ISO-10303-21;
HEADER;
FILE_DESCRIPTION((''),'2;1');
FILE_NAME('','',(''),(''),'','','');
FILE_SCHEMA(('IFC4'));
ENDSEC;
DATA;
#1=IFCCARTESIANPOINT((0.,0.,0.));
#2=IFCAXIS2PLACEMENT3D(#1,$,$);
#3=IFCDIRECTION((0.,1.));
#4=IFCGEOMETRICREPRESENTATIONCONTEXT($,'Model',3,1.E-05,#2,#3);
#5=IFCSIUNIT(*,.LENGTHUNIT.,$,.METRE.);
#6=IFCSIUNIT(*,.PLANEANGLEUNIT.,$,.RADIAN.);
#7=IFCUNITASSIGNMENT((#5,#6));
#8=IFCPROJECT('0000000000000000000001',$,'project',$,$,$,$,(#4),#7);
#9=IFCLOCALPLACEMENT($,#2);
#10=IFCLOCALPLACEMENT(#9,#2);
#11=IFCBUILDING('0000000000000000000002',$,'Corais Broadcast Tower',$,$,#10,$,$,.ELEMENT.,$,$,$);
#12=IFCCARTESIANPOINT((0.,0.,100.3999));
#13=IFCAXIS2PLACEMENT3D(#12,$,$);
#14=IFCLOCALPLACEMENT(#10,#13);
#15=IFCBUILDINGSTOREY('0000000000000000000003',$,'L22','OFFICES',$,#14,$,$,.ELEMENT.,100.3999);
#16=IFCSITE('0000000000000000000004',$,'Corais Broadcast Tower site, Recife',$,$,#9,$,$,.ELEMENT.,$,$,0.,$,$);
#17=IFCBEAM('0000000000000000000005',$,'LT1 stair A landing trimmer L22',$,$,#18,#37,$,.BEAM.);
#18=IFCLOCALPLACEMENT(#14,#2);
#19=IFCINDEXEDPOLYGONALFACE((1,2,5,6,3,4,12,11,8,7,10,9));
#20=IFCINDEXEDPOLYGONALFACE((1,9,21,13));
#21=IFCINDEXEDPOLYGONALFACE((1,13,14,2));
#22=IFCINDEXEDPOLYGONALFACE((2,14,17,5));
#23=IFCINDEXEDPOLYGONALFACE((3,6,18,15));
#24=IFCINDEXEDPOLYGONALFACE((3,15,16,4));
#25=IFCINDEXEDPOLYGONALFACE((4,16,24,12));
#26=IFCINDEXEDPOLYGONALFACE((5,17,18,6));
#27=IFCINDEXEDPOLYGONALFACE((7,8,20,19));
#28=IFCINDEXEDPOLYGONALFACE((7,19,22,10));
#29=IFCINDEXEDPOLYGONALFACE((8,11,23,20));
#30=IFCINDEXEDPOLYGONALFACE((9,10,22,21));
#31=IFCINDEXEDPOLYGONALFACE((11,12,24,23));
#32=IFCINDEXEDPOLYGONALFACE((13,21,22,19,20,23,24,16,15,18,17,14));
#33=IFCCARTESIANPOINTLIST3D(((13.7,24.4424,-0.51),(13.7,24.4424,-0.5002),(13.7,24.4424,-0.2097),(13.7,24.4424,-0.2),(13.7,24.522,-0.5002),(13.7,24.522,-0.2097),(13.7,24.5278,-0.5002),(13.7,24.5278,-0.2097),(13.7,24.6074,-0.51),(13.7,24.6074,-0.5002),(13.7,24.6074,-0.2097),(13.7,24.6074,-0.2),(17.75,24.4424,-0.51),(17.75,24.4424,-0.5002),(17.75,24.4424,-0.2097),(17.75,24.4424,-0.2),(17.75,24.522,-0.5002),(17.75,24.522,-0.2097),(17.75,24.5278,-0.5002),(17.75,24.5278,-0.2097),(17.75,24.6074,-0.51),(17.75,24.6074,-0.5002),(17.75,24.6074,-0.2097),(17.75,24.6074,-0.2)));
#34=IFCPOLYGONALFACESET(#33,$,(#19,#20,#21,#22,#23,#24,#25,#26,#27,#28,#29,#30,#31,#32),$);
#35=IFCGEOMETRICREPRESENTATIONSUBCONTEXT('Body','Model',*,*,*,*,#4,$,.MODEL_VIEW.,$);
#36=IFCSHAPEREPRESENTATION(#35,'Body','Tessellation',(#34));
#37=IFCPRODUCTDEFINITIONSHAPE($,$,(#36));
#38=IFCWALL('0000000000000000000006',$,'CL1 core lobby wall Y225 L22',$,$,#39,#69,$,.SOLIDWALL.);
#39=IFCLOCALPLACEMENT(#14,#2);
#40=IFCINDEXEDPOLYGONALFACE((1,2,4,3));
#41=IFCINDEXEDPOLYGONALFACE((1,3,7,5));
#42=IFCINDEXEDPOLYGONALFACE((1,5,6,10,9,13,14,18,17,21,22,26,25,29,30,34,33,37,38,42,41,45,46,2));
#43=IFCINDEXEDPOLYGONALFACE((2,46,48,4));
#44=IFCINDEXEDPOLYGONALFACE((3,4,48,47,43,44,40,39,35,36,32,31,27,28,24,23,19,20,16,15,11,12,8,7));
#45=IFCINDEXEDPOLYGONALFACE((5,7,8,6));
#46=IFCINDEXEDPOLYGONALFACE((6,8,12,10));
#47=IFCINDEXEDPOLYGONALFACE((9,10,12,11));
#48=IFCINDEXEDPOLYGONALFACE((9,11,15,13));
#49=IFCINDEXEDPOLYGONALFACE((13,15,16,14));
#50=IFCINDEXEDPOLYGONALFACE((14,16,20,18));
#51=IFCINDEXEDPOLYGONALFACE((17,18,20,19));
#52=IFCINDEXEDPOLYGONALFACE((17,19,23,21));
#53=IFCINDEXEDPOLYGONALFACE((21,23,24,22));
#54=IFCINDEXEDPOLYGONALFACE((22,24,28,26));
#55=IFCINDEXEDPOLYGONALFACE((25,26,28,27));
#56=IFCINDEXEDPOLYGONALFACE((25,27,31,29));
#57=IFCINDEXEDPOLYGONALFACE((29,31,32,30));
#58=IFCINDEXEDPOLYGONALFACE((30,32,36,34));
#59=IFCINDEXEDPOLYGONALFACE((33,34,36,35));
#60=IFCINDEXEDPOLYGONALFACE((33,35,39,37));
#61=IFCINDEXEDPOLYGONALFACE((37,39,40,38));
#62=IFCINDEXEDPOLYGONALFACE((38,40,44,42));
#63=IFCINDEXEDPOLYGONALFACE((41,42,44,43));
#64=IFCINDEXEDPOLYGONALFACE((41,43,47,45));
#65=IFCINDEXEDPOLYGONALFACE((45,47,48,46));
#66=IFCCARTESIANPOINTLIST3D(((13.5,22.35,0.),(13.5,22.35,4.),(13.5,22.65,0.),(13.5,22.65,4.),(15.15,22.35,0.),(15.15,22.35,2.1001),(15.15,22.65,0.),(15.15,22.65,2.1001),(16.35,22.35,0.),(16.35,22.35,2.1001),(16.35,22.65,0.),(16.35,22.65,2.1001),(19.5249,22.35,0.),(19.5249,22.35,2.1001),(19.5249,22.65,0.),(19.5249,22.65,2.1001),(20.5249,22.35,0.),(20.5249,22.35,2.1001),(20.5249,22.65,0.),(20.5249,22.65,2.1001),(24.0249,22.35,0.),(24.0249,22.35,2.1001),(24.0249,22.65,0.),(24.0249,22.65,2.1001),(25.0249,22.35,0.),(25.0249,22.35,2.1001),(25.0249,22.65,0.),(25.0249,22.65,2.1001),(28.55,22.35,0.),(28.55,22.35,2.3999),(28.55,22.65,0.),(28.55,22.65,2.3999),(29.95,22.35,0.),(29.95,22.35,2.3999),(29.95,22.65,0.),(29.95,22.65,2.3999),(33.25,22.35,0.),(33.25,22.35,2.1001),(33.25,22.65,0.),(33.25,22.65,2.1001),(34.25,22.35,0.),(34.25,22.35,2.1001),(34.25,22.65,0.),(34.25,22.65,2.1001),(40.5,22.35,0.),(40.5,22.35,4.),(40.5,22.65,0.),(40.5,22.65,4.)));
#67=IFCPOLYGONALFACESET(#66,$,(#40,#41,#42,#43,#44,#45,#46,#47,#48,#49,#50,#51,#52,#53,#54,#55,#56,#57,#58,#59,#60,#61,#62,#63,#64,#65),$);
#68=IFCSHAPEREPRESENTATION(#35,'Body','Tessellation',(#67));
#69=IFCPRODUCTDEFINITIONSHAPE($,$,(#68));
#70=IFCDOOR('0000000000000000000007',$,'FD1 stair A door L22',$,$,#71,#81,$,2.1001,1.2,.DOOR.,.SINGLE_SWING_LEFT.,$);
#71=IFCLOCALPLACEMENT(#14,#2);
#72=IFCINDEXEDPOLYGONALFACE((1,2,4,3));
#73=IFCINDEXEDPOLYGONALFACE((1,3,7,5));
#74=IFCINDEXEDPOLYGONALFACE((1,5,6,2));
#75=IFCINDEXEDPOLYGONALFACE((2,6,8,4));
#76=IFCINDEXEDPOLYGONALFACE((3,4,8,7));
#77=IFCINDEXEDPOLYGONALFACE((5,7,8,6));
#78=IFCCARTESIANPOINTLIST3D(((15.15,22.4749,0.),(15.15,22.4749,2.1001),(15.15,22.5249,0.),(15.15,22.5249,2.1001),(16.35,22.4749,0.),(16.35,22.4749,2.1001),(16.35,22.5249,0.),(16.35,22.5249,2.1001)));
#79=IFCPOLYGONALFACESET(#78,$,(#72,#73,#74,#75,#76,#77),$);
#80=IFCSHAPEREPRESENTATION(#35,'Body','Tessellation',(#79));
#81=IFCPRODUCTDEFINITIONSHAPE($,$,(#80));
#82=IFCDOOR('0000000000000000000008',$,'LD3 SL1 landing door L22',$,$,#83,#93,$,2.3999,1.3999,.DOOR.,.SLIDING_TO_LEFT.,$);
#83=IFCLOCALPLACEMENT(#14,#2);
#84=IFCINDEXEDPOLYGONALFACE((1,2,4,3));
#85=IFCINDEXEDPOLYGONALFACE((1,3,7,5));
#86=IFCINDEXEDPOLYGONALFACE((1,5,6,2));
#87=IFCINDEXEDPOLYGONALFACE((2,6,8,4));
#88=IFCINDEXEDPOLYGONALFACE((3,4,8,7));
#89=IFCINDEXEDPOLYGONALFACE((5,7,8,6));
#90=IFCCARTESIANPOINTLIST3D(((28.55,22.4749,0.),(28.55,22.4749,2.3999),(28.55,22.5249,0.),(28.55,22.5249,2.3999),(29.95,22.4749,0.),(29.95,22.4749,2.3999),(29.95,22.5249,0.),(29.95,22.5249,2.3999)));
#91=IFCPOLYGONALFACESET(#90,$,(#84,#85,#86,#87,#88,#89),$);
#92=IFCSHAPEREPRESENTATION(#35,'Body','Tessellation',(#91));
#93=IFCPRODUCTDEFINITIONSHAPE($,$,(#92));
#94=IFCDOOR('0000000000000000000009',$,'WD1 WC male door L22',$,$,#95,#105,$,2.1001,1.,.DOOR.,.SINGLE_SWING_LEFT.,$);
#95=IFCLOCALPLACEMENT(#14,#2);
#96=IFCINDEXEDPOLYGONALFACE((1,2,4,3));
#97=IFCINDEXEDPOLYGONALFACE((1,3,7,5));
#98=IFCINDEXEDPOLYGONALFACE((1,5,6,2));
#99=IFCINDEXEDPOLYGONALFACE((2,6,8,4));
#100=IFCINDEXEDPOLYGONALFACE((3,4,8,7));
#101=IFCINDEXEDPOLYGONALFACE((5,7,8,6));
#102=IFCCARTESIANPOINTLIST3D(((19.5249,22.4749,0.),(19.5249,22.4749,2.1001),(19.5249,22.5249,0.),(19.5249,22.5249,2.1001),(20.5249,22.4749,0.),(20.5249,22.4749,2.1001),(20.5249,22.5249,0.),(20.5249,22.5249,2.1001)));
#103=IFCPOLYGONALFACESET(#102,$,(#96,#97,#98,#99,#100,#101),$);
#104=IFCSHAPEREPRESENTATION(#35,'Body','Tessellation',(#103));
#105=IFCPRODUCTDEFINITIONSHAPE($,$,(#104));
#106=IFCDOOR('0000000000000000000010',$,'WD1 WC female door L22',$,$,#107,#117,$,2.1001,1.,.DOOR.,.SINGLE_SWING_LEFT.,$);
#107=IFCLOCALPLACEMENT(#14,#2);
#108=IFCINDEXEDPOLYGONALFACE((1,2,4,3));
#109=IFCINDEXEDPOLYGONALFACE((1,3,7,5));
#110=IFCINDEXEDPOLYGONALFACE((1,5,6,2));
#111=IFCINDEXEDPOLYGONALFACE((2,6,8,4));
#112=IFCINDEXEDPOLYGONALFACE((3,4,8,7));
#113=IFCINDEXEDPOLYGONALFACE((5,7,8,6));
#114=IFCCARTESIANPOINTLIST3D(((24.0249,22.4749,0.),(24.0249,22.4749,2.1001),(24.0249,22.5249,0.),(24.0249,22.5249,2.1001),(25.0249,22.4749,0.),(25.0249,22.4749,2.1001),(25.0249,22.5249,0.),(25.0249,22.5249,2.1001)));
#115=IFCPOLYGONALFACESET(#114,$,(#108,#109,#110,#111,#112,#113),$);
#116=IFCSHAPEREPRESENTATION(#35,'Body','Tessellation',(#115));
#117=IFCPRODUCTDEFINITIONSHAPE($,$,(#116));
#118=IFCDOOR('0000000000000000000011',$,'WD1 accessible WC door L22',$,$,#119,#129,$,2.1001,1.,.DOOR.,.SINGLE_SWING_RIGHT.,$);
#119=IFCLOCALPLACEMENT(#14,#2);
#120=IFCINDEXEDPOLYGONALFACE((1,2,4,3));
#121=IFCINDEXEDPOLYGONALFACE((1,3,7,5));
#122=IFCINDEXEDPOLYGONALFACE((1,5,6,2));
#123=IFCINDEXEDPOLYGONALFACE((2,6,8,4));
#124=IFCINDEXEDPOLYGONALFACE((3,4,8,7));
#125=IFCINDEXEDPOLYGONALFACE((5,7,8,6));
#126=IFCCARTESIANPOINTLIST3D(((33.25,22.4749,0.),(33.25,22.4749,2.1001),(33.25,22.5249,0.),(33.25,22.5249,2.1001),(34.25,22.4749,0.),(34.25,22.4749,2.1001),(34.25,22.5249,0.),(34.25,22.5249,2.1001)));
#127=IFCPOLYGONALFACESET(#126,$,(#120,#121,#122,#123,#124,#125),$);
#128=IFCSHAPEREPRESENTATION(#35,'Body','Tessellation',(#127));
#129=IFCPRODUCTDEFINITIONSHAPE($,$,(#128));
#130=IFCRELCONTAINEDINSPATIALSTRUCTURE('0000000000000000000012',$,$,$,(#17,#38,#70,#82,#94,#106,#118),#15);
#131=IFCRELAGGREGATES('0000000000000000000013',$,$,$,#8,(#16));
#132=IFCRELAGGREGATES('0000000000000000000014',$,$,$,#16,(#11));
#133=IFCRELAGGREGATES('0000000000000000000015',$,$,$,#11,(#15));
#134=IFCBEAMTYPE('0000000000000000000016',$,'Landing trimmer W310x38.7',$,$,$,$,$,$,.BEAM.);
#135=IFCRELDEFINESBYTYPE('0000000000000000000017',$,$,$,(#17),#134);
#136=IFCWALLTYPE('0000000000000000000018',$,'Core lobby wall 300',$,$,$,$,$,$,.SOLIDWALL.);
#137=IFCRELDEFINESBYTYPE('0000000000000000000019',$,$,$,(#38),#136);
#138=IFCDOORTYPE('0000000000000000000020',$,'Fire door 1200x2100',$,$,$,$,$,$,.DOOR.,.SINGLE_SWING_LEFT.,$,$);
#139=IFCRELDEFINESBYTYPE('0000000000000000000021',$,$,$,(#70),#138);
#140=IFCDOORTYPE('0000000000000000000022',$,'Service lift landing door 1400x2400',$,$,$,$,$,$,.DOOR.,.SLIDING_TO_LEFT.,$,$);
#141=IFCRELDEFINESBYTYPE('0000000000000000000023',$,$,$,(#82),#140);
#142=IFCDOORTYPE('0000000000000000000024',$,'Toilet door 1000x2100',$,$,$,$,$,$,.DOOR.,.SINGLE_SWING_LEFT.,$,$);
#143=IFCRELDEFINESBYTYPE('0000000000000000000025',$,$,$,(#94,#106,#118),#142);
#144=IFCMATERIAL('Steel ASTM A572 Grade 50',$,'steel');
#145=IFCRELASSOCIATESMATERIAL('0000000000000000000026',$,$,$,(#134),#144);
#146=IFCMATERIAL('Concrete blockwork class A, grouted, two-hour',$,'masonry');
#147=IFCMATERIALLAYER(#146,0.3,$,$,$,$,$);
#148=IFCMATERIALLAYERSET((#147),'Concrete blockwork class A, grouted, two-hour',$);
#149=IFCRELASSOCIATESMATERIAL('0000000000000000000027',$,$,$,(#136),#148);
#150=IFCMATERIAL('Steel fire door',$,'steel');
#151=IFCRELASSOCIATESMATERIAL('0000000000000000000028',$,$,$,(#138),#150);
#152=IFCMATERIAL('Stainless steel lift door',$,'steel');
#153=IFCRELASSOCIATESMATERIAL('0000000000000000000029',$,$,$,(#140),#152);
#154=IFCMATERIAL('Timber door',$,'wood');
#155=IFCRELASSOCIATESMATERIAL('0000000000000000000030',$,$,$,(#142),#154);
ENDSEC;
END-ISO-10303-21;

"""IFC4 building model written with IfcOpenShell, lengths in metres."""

from ifc_helpers import new_model, si_unit, direction, frame, frame_2d, origin, origin_2d, place, context, subcontext, project, spatial, rectangle, i_section, extrude, material, layer, layer_set, material_profile, profile_set, type_object, element, fill, save


model = new_model("IFC4")

# Units and contexts
model_context = context("Model", 3, precision=1e-05, world=origin(), true_north=direction((0.0, 1.0)))
body_context = subcontext(model_context, "Body", "Model", "MODEL_VIEW")
ifc_project = project(units=[si_unit("LENGTHUNIT", "METRE"), si_unit("PLANEANGLEUNIT", "RADIAN")], contexts=[model_context])

# Site, building, storey
site_placement = place(None, origin())
site = spatial("IfcSite", under=ifc_project, at=site_placement, Name="Corais Broadcast Tower site, Recife", CompositionType="ELEMENT", RefElevation=0.0)
building_placement = place(site_placement, origin())
building = spatial("IfcBuilding", under=site, at=building_placement, Name="Corais Broadcast Tower", CompositionType="ELEMENT")
storey_placement = place(building_placement, frame((0.0, 0.0, 100.3999)))
storey = spatial("IfcBuildingStorey", under=building, at=storey_placement, Name="L22", Description="OFFICES", CompositionType="ELEMENT", Elevation=100.3999)

# Beam
ifc_material_1 = material(Name="Steel ASTM A572 Grade 50", Category="steel")
ifc_material_profile = material_profile(ifc_material_1, i_section(OverallWidth=0.165, OverallDepth=0.3101, WebThickness=0.0059, FlangeThickness=0.0098, at=origin_2d()), Name="W310x38.7")
ifc_profile_set = profile_set([ifc_material_profile], Name="Steel ASTM A572 Grade 50")
beam_type = type_object("IfcBeamType", Name="Landing trimmer W310x38.7", PredefinedType="BEAM", material=ifc_profile_set)
beam_placement = place(storey_placement, frame((13.7, 24.5249, -0.355), z_axis=(1.0, 0.0, 0.0), x_axis=(0.0, 1.0, 0.0)))
element("IfcBeam", 1, at=beam_placement, inside=storey, type_object=beam_type, Name="LT1 stair A landing trimmer L22", PredefinedType="BEAM", context=body_context, shape_type="SweptSolid", body=[
    extrude(i_section(OverallWidth=0.165, OverallDepth=0.3101, WebThickness=0.0059, FlangeThickness=0.0098, at=origin_2d()), origin(), (0.0, 0.0, 1.0), 4.05),
])

# Wall, openings, doors
ifc_material_2 = material(Name="Concrete blockwork class A, grouted, two-hour", Category="masonry")
ifc_layer_1 = layer(ifc_material_2, 0.3)
ifc_layer_set_1 = layer_set([ifc_layer_1], Name="Concrete blockwork class A, grouted, two-hour")
wall_type_1 = type_object("IfcWallType", Name="Core lobby wall 300", PredefinedType="SOLIDWALL", material=ifc_layer_set_1)
wall_1_placement = place(storey_placement, frame((13.5, 22.5, 0.0), z_axis=(0.0, 0.0, 1.0), x_axis=(1.0, 0.0, 0.0)))
wall_1 = element("IfcWall", 2, at=wall_1_placement, inside=storey, type_object=wall_type_1, Name="CL1 core lobby wall Y225 L22", PredefinedType="SOLIDWALL", context=body_context, shape_type="SweptSolid", body=[
    extrude(rectangle(XDim=27.0, YDim=0.3, at=frame_2d((13.5, 0.0))), origin(), (0.0, 0.0, 1.0), 4.0),
])
opening_1_placement = place(wall_1_placement, frame((1.6499, 0.0, 0.0)))
opening_1 = element("IfcOpeningElement", 3, at=opening_1_placement, cuts=wall_1, PredefinedType="OPENING", context=body_context, shape_type="SweptSolid", body=[
    extrude(rectangle(XDim=1.2, YDim=2.1001, at=frame_2d((0.6001, 1.05))), frame((0.0, 0.1599, 0.0), z_axis=(0.0, -1.0, 0.0), x_axis=(1.0, 0.0, 0.0)), (0.0, 0.0, 1.0), 0.3201),
])
opening_2_placement = place(wall_1_placement, frame((6.0249, 0.0, 0.0)))
opening_2 = element("IfcOpeningElement", 4, at=opening_2_placement, cuts=wall_1, PredefinedType="OPENING", context=body_context, shape_type="SweptSolid", body=[
    extrude(rectangle(XDim=1.0, YDim=2.1001, at=frame_2d((0.5, 1.05))), frame((0.0, 0.1599, 0.0), z_axis=(0.0, -1.0, 0.0), x_axis=(1.0, 0.0, 0.0)), (0.0, 0.0, 1.0), 0.3201),
])
opening_3_placement = place(wall_1_placement, frame((10.5249, 0.0, 0.0)))
opening_3 = element("IfcOpeningElement", 5, at=opening_3_placement, cuts=wall_1, PredefinedType="OPENING", context=body_context, shape_type="SweptSolid", body=[
    extrude(rectangle(XDim=1.0, YDim=2.1001, at=frame_2d((0.5, 1.05))), frame((0.0, 0.1599, 0.0), z_axis=(0.0, -1.0, 0.0), x_axis=(1.0, 0.0, 0.0)), (0.0, 0.0, 1.0), 0.3201),
])
opening_4_placement = place(wall_1_placement, frame((19.75, 0.0, 0.0)))
opening_4 = element("IfcOpeningElement", 6, at=opening_4_placement, cuts=wall_1, PredefinedType="OPENING", context=body_context, shape_type="SweptSolid", body=[
    extrude(rectangle(XDim=1.0, YDim=2.1001, at=frame_2d((0.5, 1.05))), frame((0.0, 0.1599, 0.0), z_axis=(0.0, -1.0, 0.0), x_axis=(1.0, 0.0, 0.0)), (0.0, 0.0, 1.0), 0.3201),
])
opening_5_placement = place(wall_1_placement, frame((15.05, 0.0, 0.0)))
opening_5 = element("IfcOpeningElement", 7, at=opening_5_placement, cuts=wall_1, PredefinedType="OPENING", context=body_context, shape_type="SweptSolid", body=[
    extrude(rectangle(XDim=1.3999, YDim=2.3999, at=frame_2d((0.7, 1.2))), frame((0.0, 0.1599, 0.0), z_axis=(0.0, -1.0, 0.0), x_axis=(1.0, 0.0, 0.0)), (0.0, 0.0, 1.0), 0.3201),
])
ifc_material_3 = material(Name="Steel fire door", Category="steel")
door_type_1 = type_object("IfcDoorType", Name="Fire door 1200x2100", OperationType="SINGLE_SWING_LEFT", PredefinedType="DOOR", material=ifc_material_3)
door_1_placement = place(opening_1_placement, origin())
door_1 = element("IfcDoor", 8, at=door_1_placement, inside=storey, type_object=door_type_1, Name="FD1 stair A door L22", OperationType="SINGLE_SWING_LEFT", OverallHeight=2.1001, OverallWidth=1.2, PredefinedType="DOOR", context=body_context, shape_type="SweptSolid", body=[
    extrude(rectangle(XDim=1.2, YDim=2.1001, at=frame_2d((0.6001, 1.05))), frame((0.0, 0.0249, 0.0), z_axis=(0.0, -1.0, 0.0), x_axis=(1.0, 0.0, 0.0)), (0.0, 0.0, 1.0), 0.05),
])
fill(opening_1, door_1)
ifc_material_4 = material(Name="Stainless steel lift door", Category="steel")
door_type_2 = type_object("IfcDoorType", Name="Service lift landing door 1400x2400", OperationType="SLIDING_TO_LEFT", PredefinedType="DOOR", material=ifc_material_4)
door_2_placement = place(opening_5_placement, origin())
door_2 = element("IfcDoor", 9, at=door_2_placement, inside=storey, type_object=door_type_2, Name="LD3 SL1 landing door L22", OperationType="SLIDING_TO_LEFT", OverallHeight=2.3999, OverallWidth=1.3999, PredefinedType="DOOR", context=body_context, shape_type="SweptSolid", body=[
    extrude(rectangle(XDim=1.3999, YDim=2.3999, at=frame_2d((0.7, 1.2))), frame((0.0, 0.0249, 0.0), z_axis=(0.0, -1.0, 0.0), x_axis=(1.0, 0.0, 0.0)), (0.0, 0.0, 1.0), 0.05),
])
fill(opening_5, door_2)
ifc_material_5 = material(Name="Timber door", Category="wood")
door_type_3 = type_object("IfcDoorType", Name="Toilet door 1000x2100", OperationType="SINGLE_SWING_LEFT", PredefinedType="DOOR", material=ifc_material_5)
door_3_placement = place(opening_2_placement, origin())
door_3 = element("IfcDoor", 10, at=door_3_placement, inside=storey, type_object=door_type_3, Name="WD1 WC male door L22", OperationType="SINGLE_SWING_LEFT", OverallHeight=2.1001, OverallWidth=1.0, PredefinedType="DOOR", context=body_context, shape_type="SweptSolid", body=[
    extrude(rectangle(XDim=1.0, YDim=2.1001, at=frame_2d((0.5, 1.05))), frame((0.0, 0.0249, 0.0), z_axis=(0.0, -1.0, 0.0), x_axis=(1.0, 0.0, 0.0)), (0.0, 0.0, 1.0), 0.05),
])
fill(opening_2, door_3)
door_4_placement = place(opening_3_placement, origin())
door_4 = element("IfcDoor", 11, at=door_4_placement, inside=storey, type_object=door_type_3, Name="WD1 WC female door L22", OperationType="SINGLE_SWING_LEFT", OverallHeight=2.1001, OverallWidth=1.0, PredefinedType="DOOR", context=body_context, shape_type="SweptSolid", body=[
    extrude(rectangle(XDim=1.0, YDim=2.1001, at=frame_2d((0.5, 1.05))), frame((0.0, 0.0249, 0.0), z_axis=(0.0, -1.0, 0.0), x_axis=(1.0, 0.0, 0.0)), (0.0, 0.0, 1.0), 0.05),
])
fill(opening_3, door_4)
door_5_placement = place(opening_4_placement, origin())
door_5 = element("IfcDoor", 12, at=door_5_placement, inside=storey, type_object=door_type_3, Name="WD1 accessible WC door L22", OperationType="SINGLE_SWING_RIGHT", OverallHeight=2.1001, OverallWidth=1.0, PredefinedType="DOOR", context=body_context, shape_type="SweptSolid", body=[
    extrude(rectangle(XDim=1.0, YDim=2.1001, at=frame_2d((0.5, 1.05))), frame((0.0, 0.0249, 0.0), z_axis=(0.0, -1.0, 0.0), x_axis=(1.0, 0.0, 0.0)), (0.0, 0.0, 1.0), 0.05),
])
fill(opening_4, door_5)

save(model, "model.ifc")
